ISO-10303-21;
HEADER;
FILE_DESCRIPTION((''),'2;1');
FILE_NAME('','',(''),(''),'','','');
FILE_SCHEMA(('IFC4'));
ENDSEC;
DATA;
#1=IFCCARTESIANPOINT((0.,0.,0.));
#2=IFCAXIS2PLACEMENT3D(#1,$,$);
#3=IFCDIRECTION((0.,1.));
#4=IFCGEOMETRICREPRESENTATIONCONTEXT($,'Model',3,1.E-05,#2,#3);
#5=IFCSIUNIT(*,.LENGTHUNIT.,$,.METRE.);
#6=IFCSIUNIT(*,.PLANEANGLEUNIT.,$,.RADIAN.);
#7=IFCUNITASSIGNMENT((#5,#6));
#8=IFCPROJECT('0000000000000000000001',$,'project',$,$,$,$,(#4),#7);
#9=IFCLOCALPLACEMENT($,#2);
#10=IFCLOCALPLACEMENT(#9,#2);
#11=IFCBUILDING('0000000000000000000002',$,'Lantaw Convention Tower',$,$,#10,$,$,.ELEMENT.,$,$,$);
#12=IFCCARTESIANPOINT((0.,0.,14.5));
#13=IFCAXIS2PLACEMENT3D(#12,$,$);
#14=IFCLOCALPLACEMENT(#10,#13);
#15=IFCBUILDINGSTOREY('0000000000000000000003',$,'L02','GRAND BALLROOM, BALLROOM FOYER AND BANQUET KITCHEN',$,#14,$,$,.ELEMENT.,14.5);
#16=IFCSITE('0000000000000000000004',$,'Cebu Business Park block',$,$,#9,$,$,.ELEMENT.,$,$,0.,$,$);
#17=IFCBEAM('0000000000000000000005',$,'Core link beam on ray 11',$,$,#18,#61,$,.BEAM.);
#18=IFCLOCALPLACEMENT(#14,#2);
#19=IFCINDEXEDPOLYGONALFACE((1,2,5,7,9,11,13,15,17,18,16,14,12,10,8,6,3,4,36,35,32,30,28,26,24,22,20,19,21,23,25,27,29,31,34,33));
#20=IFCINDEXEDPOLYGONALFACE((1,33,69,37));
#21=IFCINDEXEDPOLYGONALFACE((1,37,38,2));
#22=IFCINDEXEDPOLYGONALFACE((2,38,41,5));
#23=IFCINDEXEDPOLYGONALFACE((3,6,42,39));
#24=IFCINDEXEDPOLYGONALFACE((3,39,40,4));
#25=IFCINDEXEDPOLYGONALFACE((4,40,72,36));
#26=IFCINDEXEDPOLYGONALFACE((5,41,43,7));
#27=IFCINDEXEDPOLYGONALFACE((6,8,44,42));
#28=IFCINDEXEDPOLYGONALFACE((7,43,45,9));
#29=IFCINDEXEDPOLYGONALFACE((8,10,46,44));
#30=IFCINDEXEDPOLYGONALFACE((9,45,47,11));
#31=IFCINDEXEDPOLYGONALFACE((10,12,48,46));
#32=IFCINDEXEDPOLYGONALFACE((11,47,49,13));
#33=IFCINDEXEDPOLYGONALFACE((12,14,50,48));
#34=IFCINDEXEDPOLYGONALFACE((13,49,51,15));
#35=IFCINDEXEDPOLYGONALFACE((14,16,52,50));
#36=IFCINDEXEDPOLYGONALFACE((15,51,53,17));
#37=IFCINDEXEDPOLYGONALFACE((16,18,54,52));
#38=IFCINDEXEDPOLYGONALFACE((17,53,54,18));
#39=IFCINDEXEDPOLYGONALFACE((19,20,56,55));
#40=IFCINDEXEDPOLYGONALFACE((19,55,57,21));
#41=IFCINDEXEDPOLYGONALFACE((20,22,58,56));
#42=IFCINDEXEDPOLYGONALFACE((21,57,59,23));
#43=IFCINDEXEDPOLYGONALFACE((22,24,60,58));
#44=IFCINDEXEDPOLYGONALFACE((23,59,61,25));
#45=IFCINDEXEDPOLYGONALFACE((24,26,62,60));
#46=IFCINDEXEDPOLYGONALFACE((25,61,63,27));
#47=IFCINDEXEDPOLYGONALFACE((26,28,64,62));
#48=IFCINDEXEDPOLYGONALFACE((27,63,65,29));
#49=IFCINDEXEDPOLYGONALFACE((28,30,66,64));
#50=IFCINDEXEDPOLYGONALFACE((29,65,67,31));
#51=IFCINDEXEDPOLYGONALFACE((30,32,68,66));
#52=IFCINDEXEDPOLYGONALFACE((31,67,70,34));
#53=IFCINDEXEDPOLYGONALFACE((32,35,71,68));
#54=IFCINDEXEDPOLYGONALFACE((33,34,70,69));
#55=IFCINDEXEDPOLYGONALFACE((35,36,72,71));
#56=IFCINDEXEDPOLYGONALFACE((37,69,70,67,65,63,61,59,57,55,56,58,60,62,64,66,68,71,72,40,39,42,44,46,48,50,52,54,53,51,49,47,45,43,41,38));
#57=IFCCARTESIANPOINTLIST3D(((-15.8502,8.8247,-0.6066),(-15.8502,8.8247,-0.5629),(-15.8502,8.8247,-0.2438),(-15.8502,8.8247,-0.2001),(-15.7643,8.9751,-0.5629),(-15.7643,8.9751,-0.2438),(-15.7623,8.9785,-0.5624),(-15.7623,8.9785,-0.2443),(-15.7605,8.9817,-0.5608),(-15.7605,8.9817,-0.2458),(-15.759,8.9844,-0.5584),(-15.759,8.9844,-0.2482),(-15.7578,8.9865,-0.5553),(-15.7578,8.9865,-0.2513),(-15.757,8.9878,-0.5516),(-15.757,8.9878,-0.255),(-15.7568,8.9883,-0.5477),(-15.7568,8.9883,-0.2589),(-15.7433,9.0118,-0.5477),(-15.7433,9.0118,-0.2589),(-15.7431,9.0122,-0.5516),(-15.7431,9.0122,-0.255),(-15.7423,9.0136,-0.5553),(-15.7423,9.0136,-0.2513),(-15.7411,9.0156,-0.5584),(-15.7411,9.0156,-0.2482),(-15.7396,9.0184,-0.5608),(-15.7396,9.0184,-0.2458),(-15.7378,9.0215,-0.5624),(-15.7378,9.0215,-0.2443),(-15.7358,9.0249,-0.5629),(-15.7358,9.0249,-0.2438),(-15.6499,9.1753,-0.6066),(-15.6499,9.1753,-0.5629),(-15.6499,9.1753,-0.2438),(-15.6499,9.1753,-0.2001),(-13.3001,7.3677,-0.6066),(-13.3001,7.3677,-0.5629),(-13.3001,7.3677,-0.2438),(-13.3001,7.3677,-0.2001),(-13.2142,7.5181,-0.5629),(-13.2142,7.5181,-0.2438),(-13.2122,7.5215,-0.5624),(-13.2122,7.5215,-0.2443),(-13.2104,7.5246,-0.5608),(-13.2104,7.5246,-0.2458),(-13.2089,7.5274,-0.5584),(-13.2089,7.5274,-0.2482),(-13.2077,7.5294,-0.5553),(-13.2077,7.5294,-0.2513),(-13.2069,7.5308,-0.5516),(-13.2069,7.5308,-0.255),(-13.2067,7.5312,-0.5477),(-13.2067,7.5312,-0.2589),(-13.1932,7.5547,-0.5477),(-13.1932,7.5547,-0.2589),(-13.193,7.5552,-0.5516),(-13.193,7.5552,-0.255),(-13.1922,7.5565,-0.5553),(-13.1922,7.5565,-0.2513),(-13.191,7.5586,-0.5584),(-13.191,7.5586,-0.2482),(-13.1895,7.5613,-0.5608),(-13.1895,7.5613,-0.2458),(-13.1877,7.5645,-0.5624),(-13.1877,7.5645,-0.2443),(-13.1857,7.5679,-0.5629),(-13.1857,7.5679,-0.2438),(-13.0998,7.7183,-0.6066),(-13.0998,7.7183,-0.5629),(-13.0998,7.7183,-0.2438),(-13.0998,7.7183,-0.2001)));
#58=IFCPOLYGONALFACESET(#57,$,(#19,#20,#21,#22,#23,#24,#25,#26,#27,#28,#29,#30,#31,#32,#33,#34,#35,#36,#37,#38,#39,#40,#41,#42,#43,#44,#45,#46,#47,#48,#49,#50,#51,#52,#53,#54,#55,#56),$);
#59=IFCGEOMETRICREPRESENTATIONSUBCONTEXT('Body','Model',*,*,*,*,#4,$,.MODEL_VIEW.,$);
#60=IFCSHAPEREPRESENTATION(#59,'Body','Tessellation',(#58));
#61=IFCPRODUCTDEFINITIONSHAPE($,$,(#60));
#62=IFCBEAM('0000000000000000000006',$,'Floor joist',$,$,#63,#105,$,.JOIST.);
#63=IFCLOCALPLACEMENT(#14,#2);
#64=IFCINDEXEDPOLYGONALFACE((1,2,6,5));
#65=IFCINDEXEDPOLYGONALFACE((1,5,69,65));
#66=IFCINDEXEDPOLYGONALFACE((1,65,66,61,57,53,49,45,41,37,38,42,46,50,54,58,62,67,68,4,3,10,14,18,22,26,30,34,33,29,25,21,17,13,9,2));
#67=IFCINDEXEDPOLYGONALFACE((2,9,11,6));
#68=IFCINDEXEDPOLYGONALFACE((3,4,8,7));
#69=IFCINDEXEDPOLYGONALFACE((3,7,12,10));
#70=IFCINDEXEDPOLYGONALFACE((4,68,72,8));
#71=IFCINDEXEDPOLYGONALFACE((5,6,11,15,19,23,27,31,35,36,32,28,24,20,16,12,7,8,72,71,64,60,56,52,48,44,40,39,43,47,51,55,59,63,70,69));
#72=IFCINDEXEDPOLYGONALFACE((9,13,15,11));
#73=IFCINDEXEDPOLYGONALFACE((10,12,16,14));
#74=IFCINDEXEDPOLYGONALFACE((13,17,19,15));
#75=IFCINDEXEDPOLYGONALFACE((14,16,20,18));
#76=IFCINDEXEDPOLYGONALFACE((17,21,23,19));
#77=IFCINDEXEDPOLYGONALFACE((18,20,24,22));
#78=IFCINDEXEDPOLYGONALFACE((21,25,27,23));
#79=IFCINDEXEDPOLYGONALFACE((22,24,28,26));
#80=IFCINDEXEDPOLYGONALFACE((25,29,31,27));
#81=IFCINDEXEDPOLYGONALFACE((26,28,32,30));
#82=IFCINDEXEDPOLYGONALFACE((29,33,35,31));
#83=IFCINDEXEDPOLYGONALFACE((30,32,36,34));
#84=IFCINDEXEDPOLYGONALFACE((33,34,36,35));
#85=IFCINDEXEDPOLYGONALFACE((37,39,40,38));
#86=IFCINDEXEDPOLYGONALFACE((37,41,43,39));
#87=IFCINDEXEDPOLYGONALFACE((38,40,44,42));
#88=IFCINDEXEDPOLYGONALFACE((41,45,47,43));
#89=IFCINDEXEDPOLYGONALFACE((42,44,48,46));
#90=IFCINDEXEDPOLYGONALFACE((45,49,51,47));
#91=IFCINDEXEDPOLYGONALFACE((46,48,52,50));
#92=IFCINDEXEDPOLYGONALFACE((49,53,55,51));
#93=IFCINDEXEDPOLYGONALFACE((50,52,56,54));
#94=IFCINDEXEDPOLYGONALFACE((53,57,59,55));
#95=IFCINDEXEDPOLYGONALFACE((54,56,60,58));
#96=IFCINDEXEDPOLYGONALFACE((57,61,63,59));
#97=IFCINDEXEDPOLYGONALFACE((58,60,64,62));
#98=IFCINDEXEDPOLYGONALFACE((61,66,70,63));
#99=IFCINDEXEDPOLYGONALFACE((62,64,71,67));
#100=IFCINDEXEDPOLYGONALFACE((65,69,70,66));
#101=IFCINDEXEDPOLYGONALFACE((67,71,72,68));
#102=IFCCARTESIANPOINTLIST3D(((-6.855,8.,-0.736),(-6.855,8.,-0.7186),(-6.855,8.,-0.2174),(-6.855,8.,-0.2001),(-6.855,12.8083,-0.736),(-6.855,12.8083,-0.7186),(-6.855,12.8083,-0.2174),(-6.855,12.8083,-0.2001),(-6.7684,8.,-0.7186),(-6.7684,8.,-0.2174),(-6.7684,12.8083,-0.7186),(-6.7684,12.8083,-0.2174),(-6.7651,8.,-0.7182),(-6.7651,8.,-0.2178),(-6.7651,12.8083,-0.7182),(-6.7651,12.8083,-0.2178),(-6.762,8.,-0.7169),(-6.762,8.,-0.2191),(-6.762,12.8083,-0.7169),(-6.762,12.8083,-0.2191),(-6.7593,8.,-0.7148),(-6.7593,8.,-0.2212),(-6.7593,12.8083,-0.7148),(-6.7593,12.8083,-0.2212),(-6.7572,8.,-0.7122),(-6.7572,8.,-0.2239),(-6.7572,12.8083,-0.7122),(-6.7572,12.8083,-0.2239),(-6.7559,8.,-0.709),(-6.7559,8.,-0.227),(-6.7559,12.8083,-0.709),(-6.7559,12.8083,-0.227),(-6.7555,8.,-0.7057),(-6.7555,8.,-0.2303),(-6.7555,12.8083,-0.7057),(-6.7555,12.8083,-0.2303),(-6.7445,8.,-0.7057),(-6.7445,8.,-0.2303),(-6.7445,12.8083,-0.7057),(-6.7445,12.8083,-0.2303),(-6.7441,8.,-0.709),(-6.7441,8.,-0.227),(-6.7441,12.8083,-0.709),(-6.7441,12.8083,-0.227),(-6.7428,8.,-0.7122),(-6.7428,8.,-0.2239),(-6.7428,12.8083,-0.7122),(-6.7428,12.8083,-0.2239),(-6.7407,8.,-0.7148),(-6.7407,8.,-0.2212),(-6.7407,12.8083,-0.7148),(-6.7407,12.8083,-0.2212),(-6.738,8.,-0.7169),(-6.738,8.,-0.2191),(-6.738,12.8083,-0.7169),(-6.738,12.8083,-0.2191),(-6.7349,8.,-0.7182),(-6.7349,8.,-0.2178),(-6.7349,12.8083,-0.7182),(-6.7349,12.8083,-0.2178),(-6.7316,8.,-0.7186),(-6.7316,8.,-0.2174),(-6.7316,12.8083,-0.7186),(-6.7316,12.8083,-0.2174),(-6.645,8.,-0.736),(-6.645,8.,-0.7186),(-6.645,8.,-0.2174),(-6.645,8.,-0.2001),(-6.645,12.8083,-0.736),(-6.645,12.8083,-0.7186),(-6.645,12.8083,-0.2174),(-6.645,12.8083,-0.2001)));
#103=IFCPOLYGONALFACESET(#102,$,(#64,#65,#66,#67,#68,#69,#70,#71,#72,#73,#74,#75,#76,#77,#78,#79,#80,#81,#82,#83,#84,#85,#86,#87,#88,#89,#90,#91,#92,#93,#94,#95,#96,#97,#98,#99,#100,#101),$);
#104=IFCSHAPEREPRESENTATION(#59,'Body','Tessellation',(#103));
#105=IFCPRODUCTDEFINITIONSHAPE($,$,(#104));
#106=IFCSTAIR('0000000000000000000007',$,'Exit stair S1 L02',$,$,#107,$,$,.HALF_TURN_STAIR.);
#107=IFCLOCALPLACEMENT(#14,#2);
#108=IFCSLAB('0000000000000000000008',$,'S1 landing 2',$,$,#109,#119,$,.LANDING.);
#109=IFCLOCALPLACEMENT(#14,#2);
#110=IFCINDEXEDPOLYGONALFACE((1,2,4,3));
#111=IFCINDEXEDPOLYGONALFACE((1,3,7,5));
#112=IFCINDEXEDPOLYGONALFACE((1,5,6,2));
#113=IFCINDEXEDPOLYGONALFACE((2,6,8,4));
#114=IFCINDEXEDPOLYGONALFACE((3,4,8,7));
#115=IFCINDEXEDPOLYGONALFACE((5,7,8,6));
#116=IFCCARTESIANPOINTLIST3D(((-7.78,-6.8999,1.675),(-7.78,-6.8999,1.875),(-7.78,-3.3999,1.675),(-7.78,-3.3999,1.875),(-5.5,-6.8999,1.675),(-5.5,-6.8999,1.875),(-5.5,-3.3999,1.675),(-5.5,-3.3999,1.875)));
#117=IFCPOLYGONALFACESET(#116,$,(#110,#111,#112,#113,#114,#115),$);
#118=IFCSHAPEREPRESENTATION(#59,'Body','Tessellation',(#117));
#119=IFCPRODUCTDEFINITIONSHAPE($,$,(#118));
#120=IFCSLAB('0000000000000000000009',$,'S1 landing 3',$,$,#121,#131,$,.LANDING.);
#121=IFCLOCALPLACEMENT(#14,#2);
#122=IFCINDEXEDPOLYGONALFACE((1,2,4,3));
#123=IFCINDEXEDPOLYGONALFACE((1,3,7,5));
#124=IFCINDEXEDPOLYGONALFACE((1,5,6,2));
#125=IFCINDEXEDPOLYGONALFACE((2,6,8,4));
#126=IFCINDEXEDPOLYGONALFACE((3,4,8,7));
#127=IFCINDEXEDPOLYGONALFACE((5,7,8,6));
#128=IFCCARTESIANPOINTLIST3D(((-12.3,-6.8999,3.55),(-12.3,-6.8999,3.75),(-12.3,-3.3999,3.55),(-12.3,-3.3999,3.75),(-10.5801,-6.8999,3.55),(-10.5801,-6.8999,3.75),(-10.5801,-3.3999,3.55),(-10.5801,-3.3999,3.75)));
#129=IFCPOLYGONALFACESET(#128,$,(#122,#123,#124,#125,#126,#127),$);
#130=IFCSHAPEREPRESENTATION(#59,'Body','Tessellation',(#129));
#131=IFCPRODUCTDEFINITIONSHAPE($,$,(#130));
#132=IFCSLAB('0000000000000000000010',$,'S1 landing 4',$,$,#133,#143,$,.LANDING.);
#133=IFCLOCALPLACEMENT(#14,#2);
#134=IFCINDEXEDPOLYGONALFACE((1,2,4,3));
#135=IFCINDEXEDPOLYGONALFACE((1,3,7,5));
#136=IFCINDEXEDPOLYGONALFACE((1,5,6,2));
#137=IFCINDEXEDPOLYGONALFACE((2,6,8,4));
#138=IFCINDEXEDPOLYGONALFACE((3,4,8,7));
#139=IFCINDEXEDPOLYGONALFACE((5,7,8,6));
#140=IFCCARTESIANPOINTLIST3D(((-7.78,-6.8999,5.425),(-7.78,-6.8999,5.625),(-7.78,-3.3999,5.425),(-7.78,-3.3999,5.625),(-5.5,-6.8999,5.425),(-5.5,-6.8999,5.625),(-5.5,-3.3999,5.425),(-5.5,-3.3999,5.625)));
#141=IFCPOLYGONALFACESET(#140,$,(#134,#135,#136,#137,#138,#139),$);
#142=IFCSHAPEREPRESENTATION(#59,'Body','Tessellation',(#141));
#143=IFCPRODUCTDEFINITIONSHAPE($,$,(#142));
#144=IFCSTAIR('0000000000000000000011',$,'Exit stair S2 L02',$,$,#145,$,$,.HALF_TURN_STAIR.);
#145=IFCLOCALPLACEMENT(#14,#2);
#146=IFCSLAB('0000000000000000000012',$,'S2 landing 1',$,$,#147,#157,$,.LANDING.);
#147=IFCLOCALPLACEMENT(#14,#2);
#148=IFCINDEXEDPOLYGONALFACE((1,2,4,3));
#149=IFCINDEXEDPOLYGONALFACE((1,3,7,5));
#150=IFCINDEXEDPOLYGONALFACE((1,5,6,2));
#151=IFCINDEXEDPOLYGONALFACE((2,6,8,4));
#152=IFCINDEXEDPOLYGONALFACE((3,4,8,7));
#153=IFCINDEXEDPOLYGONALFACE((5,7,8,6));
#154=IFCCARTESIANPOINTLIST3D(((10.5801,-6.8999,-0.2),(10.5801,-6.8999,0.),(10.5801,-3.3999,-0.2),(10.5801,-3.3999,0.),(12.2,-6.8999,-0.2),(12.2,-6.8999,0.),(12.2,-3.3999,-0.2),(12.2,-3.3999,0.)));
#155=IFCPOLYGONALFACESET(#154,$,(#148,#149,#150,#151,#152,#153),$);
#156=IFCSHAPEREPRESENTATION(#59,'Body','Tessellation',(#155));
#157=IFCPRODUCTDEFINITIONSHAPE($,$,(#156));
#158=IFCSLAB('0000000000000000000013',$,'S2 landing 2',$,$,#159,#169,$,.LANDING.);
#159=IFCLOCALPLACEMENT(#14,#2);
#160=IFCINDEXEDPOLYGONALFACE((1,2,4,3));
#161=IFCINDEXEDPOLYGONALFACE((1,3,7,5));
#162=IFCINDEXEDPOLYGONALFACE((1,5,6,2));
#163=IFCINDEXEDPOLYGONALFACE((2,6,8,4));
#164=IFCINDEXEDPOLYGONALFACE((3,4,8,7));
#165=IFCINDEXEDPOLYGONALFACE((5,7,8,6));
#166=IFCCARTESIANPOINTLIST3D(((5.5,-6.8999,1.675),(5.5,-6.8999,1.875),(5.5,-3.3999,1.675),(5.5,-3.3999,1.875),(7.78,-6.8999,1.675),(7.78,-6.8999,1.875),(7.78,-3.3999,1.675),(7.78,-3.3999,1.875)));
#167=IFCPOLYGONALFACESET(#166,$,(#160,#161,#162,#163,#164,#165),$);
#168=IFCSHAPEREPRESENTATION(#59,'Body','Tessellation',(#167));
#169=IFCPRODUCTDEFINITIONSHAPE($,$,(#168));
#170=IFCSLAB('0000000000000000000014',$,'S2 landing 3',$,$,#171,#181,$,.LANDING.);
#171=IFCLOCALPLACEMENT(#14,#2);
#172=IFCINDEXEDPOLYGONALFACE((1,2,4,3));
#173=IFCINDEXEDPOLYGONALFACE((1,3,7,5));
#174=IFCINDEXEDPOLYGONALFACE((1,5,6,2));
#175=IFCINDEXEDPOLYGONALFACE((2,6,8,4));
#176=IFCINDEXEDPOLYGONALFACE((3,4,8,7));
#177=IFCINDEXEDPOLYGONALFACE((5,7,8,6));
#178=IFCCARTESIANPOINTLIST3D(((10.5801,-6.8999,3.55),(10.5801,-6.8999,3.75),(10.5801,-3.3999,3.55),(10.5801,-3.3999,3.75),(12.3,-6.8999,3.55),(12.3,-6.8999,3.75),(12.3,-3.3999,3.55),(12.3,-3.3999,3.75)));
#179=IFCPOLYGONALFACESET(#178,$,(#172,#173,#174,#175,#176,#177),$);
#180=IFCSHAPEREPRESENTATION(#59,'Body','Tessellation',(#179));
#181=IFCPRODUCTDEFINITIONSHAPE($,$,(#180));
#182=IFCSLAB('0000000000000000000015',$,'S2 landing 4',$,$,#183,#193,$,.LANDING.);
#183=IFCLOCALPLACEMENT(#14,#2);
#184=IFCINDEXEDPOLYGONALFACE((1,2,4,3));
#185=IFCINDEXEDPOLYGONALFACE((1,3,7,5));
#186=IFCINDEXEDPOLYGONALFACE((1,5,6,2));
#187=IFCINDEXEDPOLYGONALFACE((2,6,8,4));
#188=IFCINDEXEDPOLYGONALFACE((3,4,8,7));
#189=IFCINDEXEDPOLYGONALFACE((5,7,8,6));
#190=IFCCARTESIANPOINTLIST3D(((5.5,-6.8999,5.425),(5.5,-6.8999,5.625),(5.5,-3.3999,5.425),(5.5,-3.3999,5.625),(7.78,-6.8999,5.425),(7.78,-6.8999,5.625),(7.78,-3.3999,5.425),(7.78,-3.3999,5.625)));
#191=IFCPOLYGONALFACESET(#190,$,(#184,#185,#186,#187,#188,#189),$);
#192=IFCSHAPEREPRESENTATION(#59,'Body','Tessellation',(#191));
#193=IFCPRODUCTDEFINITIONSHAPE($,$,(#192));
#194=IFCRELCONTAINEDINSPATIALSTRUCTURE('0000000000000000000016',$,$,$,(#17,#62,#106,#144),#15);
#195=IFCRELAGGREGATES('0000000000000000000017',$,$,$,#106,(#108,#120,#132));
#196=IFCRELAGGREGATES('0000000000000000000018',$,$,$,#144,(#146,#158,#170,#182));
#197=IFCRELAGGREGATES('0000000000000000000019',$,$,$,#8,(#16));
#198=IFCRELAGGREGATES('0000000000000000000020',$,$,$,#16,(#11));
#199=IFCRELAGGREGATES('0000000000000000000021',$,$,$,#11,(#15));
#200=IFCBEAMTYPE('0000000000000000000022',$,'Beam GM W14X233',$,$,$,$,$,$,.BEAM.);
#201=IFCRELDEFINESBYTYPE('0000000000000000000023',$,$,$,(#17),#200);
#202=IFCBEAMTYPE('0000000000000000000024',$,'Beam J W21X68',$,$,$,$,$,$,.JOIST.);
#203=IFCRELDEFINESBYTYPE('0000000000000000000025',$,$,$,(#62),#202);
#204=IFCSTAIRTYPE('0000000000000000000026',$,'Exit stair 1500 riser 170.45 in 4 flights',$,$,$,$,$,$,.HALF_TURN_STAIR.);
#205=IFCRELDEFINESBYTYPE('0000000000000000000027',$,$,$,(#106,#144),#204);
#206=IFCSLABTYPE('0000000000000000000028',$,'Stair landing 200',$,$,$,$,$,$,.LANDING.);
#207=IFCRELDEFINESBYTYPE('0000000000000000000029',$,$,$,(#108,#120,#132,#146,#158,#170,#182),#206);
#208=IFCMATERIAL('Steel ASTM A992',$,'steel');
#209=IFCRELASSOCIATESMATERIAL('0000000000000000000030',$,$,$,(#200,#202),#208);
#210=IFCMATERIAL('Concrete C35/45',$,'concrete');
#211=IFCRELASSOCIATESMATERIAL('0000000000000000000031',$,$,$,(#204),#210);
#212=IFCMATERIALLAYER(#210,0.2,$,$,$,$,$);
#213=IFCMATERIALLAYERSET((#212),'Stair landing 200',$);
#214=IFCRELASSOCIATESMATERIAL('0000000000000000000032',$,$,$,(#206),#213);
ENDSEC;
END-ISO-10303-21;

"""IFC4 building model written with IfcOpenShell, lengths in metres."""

from ifc_helpers import new_model, si_unit, direction, frame, origin, origin_2d, place, context, subcontext, project, spatial, polyline, i_section, outline, extrude, material, layer, layer_set, material_profile, profile_set, type_object, element, aggregate, save


model = new_model("IFC4")

# Units and contexts
model_context = context("Model", 3, precision=1e-05, world=origin(), true_north=direction((0.0, 1.0)))
body_context = subcontext(model_context, "Body", "Model", "MODEL_VIEW")
ifc_project = project(units=[si_unit("LENGTHUNIT", "METRE"), si_unit("PLANEANGLEUNIT", "RADIAN")], contexts=[model_context])

# Site, building, storey
site_placement = place(None, origin())
site = spatial("IfcSite", under=ifc_project, at=site_placement, Name="Cebu Business Park block", CompositionType="ELEMENT", RefElevation=0.0)
building_placement = place(site_placement, origin())
building = spatial("IfcBuilding", under=site, at=building_placement, Name="Lantaw Convention Tower", CompositionType="ELEMENT")
storey_placement = place(building_placement, frame((0.0, 0.0, 14.5)))
storey = spatial("IfcBuildingStorey", under=building, at=storey_placement, Name="L02", Description="GRAND BALLROOM, BALLROOM FOYER AND BANQUET KITCHEN", CompositionType="ELEMENT", Elevation=14.5)

# Beams
ifc_material_1 = material(Name="Steel ASTM A992", Category="steel")
ifc_material_profile_1 = material_profile(ifc_material_1, i_section(OverallWidth=0.4038, OverallDepth=0.4065, WebThickness=0.0271, FlangeThickness=0.0437, FilletRadius=0.0151, at=origin_2d()), Name="W14X233")
ifc_profile_set_1 = profile_set([ifc_material_profile_1], Name="Steel ASTM A992")
beam_type_1 = type_object("IfcBeamType", Name="Beam GM W14X233", PredefinedType="BEAM", material=ifc_profile_set_1)
beam_1_placement = place(storey_placement, frame((-13.2, 7.543, -0.4033), z_axis=(-0.868264, 0.496103, 0.0), x_axis=(-0.496103, -0.868264, 0.0)))
element("IfcBeam", 1, at=beam_1_placement, inside=storey, type_object=beam_type_1, Name="Core link beam on ray 11", PredefinedType="BEAM", context=body_context, shape_type="SweptSolid", body=[
    extrude(i_section(OverallWidth=0.4038, OverallDepth=0.4065, WebThickness=0.0271, FlangeThickness=0.0437, FilletRadius=0.0151, at=origin_2d()), origin(), (0.0, 0.0, 1.0), 2.937),
])
ifc_material_profile_2 = material_profile(ifc_material_1, i_section(OverallWidth=0.21, OverallDepth=0.5359, WebThickness=0.011, FlangeThickness=0.0173, FilletRadius=0.0129, at=origin_2d()), Name="W21X68")
ifc_profile_set_2 = profile_set([ifc_material_profile_2], Name="Steel ASTM A992")
beam_type_2 = type_object("IfcBeamType", Name="Beam J W21X68", PredefinedType="JOIST", material=ifc_profile_set_2)
beam_2_placement = place(storey_placement, frame((-6.75, 8.0, -0.468), z_axis=(0.0, 1.0, 0.0), x_axis=(-1.0, 0.0, 0.0)))
element("IfcBeam", 2, at=beam_2_placement, inside=storey, type_object=beam_type_2, Name="Floor joist", PredefinedType="JOIST", context=body_context, shape_type="SweptSolid", body=[
    extrude(i_section(OverallWidth=0.21, OverallDepth=0.5359, WebThickness=0.011, FlangeThickness=0.0173, FilletRadius=0.0129, at=origin_2d()), origin(), (0.0, 0.0, 1.0), 4.8083),
])

# Stairs, slabs
ifc_material_2 = material(Name="Concrete C35/45", Category="concrete")
stair_type_1 = type_object("IfcStairType", Name="Exit stair 1500 riser 170.45 in 4 flights", PredefinedType="HALF_TURN_STAIR", material=ifc_material_2)
stair_1_placement = place(storey_placement, origin())
stair_1 = element("IfcStair", 3, at=stair_1_placement, inside=storey, type_object=stair_type_1, Name="Exit stair S1 L02", PredefinedType="HALF_TURN_STAIR")
ifc_layer_1 = layer(ifc_material_2, 0.2)
ifc_layer_set_1 = layer_set([ifc_layer_1], Name="Stair landing 200")
slab_type = type_object("IfcSlabType", Name="Stair landing 200", PredefinedType="LANDING", material=ifc_layer_set_1)
slab_1_placement = place(storey_placement, frame((0.0, 0.0, 1.675)))
slab_1 = element("IfcSlab", 4, at=slab_1_placement, type_object=slab_type, Name="S1 landing 2", PredefinedType="LANDING", context=body_context, shape_type="SweptSolid", body=[
    extrude(outline(polyline([(-7.78, -6.8999), (-5.5, -6.8999), (-5.5, -3.3999), (-7.78, -3.3999), (-7.78, -6.8999)])), origin(), (0.0, 0.0, 1.0), 0.2),
])
slab_2_placement = place(storey_placement, frame((0.0, 0.0, 3.55)))
slab_2 = element("IfcSlab", 5, at=slab_2_placement, type_object=slab_type, Name="S1 landing 3", PredefinedType="LANDING", context=body_context, shape_type="SweptSolid", body=[
    extrude(outline(polyline([(-12.3, -6.8999), (-10.5801, -6.8999), (-10.5801, -3.3999), (-12.3, -3.3999), (-12.3, -6.8999)])), origin(), (0.0, 0.0, 1.0), 0.2),
])
slab_3_placement = place(storey_placement, frame((0.0, 0.0, 5.425)))
slab_3 = element("IfcSlab", 6, at=slab_3_placement, type_object=slab_type, Name="S1 landing 4", PredefinedType="LANDING", context=body_context, shape_type="SweptSolid", body=[
    extrude(outline(polyline([(-7.78, -6.8999), (-5.5, -6.8999), (-5.5, -3.3999), (-7.78, -3.3999), (-7.78, -6.8999)])), origin(), (0.0, 0.0, 1.0), 0.2),
])
aggregate(stair_1, [slab_1, slab_2, slab_3])
stair_2_placement = place(storey_placement, origin())
stair_2 = element("IfcStair", 7, at=stair_2_placement, inside=storey, type_object=stair_type_1, Name="Exit stair S2 L02", PredefinedType="HALF_TURN_STAIR")
slab_4_placement = place(storey_placement, frame((0.0, 0.0, -0.2)))
slab_4 = element("IfcSlab", 8, at=slab_4_placement, type_object=slab_type, Name="S2 landing 1", PredefinedType="LANDING", context=body_context, shape_type="SweptSolid", body=[
    extrude(outline(polyline([(10.5801, -6.8999), (12.2, -6.8999), (12.2, -3.3999), (10.5801, -3.3999), (10.5801, -6.8999)])), origin(), (0.0, 0.0, 1.0), 0.2),
])
slab_5_placement = place(storey_placement, frame((0.0, 0.0, 1.675)))
slab_5 = element("IfcSlab", 9, at=slab_5_placement, type_object=slab_type, Name="S2 landing 2", PredefinedType="LANDING", context=body_context, shape_type="SweptSolid", body=[
    extrude(outline(polyline([(5.5, -6.8999), (7.78, -6.8999), (7.78, -3.3999), (5.5, -3.3999), (5.5, -6.8999)])), origin(), (0.0, 0.0, 1.0), 0.2),
])
slab_6_placement = place(storey_placement, frame((0.0, 0.0, 3.55)))
slab_6 = element("IfcSlab", 10, at=slab_6_placement, type_object=slab_type, Name="S2 landing 3", PredefinedType="LANDING", context=body_context, shape_type="SweptSolid", body=[
    extrude(outline(polyline([(10.5801, -6.8999), (12.3, -6.8999), (12.3, -3.3999), (10.5801, -3.3999), (10.5801, -6.8999)])), origin(), (0.0, 0.0, 1.0), 0.2),
])
slab_7_placement = place(storey_placement, frame((0.0, 0.0, 5.425)))
slab_7 = element("IfcSlab", 11, at=slab_7_placement, type_object=slab_type, Name="S2 landing 4", PredefinedType="LANDING", context=body_context, shape_type="SweptSolid", body=[
    extrude(outline(polyline([(5.5, -6.8999), (7.78, -6.8999), (7.78, -3.3999), (5.5, -3.3999), (5.5, -6.8999)])), origin(), (0.0, 0.0, 1.0), 0.2),
])
aggregate(stair_2, [slab_4, slab_5, slab_6, slab_7])

save(model, "model.ifc")
